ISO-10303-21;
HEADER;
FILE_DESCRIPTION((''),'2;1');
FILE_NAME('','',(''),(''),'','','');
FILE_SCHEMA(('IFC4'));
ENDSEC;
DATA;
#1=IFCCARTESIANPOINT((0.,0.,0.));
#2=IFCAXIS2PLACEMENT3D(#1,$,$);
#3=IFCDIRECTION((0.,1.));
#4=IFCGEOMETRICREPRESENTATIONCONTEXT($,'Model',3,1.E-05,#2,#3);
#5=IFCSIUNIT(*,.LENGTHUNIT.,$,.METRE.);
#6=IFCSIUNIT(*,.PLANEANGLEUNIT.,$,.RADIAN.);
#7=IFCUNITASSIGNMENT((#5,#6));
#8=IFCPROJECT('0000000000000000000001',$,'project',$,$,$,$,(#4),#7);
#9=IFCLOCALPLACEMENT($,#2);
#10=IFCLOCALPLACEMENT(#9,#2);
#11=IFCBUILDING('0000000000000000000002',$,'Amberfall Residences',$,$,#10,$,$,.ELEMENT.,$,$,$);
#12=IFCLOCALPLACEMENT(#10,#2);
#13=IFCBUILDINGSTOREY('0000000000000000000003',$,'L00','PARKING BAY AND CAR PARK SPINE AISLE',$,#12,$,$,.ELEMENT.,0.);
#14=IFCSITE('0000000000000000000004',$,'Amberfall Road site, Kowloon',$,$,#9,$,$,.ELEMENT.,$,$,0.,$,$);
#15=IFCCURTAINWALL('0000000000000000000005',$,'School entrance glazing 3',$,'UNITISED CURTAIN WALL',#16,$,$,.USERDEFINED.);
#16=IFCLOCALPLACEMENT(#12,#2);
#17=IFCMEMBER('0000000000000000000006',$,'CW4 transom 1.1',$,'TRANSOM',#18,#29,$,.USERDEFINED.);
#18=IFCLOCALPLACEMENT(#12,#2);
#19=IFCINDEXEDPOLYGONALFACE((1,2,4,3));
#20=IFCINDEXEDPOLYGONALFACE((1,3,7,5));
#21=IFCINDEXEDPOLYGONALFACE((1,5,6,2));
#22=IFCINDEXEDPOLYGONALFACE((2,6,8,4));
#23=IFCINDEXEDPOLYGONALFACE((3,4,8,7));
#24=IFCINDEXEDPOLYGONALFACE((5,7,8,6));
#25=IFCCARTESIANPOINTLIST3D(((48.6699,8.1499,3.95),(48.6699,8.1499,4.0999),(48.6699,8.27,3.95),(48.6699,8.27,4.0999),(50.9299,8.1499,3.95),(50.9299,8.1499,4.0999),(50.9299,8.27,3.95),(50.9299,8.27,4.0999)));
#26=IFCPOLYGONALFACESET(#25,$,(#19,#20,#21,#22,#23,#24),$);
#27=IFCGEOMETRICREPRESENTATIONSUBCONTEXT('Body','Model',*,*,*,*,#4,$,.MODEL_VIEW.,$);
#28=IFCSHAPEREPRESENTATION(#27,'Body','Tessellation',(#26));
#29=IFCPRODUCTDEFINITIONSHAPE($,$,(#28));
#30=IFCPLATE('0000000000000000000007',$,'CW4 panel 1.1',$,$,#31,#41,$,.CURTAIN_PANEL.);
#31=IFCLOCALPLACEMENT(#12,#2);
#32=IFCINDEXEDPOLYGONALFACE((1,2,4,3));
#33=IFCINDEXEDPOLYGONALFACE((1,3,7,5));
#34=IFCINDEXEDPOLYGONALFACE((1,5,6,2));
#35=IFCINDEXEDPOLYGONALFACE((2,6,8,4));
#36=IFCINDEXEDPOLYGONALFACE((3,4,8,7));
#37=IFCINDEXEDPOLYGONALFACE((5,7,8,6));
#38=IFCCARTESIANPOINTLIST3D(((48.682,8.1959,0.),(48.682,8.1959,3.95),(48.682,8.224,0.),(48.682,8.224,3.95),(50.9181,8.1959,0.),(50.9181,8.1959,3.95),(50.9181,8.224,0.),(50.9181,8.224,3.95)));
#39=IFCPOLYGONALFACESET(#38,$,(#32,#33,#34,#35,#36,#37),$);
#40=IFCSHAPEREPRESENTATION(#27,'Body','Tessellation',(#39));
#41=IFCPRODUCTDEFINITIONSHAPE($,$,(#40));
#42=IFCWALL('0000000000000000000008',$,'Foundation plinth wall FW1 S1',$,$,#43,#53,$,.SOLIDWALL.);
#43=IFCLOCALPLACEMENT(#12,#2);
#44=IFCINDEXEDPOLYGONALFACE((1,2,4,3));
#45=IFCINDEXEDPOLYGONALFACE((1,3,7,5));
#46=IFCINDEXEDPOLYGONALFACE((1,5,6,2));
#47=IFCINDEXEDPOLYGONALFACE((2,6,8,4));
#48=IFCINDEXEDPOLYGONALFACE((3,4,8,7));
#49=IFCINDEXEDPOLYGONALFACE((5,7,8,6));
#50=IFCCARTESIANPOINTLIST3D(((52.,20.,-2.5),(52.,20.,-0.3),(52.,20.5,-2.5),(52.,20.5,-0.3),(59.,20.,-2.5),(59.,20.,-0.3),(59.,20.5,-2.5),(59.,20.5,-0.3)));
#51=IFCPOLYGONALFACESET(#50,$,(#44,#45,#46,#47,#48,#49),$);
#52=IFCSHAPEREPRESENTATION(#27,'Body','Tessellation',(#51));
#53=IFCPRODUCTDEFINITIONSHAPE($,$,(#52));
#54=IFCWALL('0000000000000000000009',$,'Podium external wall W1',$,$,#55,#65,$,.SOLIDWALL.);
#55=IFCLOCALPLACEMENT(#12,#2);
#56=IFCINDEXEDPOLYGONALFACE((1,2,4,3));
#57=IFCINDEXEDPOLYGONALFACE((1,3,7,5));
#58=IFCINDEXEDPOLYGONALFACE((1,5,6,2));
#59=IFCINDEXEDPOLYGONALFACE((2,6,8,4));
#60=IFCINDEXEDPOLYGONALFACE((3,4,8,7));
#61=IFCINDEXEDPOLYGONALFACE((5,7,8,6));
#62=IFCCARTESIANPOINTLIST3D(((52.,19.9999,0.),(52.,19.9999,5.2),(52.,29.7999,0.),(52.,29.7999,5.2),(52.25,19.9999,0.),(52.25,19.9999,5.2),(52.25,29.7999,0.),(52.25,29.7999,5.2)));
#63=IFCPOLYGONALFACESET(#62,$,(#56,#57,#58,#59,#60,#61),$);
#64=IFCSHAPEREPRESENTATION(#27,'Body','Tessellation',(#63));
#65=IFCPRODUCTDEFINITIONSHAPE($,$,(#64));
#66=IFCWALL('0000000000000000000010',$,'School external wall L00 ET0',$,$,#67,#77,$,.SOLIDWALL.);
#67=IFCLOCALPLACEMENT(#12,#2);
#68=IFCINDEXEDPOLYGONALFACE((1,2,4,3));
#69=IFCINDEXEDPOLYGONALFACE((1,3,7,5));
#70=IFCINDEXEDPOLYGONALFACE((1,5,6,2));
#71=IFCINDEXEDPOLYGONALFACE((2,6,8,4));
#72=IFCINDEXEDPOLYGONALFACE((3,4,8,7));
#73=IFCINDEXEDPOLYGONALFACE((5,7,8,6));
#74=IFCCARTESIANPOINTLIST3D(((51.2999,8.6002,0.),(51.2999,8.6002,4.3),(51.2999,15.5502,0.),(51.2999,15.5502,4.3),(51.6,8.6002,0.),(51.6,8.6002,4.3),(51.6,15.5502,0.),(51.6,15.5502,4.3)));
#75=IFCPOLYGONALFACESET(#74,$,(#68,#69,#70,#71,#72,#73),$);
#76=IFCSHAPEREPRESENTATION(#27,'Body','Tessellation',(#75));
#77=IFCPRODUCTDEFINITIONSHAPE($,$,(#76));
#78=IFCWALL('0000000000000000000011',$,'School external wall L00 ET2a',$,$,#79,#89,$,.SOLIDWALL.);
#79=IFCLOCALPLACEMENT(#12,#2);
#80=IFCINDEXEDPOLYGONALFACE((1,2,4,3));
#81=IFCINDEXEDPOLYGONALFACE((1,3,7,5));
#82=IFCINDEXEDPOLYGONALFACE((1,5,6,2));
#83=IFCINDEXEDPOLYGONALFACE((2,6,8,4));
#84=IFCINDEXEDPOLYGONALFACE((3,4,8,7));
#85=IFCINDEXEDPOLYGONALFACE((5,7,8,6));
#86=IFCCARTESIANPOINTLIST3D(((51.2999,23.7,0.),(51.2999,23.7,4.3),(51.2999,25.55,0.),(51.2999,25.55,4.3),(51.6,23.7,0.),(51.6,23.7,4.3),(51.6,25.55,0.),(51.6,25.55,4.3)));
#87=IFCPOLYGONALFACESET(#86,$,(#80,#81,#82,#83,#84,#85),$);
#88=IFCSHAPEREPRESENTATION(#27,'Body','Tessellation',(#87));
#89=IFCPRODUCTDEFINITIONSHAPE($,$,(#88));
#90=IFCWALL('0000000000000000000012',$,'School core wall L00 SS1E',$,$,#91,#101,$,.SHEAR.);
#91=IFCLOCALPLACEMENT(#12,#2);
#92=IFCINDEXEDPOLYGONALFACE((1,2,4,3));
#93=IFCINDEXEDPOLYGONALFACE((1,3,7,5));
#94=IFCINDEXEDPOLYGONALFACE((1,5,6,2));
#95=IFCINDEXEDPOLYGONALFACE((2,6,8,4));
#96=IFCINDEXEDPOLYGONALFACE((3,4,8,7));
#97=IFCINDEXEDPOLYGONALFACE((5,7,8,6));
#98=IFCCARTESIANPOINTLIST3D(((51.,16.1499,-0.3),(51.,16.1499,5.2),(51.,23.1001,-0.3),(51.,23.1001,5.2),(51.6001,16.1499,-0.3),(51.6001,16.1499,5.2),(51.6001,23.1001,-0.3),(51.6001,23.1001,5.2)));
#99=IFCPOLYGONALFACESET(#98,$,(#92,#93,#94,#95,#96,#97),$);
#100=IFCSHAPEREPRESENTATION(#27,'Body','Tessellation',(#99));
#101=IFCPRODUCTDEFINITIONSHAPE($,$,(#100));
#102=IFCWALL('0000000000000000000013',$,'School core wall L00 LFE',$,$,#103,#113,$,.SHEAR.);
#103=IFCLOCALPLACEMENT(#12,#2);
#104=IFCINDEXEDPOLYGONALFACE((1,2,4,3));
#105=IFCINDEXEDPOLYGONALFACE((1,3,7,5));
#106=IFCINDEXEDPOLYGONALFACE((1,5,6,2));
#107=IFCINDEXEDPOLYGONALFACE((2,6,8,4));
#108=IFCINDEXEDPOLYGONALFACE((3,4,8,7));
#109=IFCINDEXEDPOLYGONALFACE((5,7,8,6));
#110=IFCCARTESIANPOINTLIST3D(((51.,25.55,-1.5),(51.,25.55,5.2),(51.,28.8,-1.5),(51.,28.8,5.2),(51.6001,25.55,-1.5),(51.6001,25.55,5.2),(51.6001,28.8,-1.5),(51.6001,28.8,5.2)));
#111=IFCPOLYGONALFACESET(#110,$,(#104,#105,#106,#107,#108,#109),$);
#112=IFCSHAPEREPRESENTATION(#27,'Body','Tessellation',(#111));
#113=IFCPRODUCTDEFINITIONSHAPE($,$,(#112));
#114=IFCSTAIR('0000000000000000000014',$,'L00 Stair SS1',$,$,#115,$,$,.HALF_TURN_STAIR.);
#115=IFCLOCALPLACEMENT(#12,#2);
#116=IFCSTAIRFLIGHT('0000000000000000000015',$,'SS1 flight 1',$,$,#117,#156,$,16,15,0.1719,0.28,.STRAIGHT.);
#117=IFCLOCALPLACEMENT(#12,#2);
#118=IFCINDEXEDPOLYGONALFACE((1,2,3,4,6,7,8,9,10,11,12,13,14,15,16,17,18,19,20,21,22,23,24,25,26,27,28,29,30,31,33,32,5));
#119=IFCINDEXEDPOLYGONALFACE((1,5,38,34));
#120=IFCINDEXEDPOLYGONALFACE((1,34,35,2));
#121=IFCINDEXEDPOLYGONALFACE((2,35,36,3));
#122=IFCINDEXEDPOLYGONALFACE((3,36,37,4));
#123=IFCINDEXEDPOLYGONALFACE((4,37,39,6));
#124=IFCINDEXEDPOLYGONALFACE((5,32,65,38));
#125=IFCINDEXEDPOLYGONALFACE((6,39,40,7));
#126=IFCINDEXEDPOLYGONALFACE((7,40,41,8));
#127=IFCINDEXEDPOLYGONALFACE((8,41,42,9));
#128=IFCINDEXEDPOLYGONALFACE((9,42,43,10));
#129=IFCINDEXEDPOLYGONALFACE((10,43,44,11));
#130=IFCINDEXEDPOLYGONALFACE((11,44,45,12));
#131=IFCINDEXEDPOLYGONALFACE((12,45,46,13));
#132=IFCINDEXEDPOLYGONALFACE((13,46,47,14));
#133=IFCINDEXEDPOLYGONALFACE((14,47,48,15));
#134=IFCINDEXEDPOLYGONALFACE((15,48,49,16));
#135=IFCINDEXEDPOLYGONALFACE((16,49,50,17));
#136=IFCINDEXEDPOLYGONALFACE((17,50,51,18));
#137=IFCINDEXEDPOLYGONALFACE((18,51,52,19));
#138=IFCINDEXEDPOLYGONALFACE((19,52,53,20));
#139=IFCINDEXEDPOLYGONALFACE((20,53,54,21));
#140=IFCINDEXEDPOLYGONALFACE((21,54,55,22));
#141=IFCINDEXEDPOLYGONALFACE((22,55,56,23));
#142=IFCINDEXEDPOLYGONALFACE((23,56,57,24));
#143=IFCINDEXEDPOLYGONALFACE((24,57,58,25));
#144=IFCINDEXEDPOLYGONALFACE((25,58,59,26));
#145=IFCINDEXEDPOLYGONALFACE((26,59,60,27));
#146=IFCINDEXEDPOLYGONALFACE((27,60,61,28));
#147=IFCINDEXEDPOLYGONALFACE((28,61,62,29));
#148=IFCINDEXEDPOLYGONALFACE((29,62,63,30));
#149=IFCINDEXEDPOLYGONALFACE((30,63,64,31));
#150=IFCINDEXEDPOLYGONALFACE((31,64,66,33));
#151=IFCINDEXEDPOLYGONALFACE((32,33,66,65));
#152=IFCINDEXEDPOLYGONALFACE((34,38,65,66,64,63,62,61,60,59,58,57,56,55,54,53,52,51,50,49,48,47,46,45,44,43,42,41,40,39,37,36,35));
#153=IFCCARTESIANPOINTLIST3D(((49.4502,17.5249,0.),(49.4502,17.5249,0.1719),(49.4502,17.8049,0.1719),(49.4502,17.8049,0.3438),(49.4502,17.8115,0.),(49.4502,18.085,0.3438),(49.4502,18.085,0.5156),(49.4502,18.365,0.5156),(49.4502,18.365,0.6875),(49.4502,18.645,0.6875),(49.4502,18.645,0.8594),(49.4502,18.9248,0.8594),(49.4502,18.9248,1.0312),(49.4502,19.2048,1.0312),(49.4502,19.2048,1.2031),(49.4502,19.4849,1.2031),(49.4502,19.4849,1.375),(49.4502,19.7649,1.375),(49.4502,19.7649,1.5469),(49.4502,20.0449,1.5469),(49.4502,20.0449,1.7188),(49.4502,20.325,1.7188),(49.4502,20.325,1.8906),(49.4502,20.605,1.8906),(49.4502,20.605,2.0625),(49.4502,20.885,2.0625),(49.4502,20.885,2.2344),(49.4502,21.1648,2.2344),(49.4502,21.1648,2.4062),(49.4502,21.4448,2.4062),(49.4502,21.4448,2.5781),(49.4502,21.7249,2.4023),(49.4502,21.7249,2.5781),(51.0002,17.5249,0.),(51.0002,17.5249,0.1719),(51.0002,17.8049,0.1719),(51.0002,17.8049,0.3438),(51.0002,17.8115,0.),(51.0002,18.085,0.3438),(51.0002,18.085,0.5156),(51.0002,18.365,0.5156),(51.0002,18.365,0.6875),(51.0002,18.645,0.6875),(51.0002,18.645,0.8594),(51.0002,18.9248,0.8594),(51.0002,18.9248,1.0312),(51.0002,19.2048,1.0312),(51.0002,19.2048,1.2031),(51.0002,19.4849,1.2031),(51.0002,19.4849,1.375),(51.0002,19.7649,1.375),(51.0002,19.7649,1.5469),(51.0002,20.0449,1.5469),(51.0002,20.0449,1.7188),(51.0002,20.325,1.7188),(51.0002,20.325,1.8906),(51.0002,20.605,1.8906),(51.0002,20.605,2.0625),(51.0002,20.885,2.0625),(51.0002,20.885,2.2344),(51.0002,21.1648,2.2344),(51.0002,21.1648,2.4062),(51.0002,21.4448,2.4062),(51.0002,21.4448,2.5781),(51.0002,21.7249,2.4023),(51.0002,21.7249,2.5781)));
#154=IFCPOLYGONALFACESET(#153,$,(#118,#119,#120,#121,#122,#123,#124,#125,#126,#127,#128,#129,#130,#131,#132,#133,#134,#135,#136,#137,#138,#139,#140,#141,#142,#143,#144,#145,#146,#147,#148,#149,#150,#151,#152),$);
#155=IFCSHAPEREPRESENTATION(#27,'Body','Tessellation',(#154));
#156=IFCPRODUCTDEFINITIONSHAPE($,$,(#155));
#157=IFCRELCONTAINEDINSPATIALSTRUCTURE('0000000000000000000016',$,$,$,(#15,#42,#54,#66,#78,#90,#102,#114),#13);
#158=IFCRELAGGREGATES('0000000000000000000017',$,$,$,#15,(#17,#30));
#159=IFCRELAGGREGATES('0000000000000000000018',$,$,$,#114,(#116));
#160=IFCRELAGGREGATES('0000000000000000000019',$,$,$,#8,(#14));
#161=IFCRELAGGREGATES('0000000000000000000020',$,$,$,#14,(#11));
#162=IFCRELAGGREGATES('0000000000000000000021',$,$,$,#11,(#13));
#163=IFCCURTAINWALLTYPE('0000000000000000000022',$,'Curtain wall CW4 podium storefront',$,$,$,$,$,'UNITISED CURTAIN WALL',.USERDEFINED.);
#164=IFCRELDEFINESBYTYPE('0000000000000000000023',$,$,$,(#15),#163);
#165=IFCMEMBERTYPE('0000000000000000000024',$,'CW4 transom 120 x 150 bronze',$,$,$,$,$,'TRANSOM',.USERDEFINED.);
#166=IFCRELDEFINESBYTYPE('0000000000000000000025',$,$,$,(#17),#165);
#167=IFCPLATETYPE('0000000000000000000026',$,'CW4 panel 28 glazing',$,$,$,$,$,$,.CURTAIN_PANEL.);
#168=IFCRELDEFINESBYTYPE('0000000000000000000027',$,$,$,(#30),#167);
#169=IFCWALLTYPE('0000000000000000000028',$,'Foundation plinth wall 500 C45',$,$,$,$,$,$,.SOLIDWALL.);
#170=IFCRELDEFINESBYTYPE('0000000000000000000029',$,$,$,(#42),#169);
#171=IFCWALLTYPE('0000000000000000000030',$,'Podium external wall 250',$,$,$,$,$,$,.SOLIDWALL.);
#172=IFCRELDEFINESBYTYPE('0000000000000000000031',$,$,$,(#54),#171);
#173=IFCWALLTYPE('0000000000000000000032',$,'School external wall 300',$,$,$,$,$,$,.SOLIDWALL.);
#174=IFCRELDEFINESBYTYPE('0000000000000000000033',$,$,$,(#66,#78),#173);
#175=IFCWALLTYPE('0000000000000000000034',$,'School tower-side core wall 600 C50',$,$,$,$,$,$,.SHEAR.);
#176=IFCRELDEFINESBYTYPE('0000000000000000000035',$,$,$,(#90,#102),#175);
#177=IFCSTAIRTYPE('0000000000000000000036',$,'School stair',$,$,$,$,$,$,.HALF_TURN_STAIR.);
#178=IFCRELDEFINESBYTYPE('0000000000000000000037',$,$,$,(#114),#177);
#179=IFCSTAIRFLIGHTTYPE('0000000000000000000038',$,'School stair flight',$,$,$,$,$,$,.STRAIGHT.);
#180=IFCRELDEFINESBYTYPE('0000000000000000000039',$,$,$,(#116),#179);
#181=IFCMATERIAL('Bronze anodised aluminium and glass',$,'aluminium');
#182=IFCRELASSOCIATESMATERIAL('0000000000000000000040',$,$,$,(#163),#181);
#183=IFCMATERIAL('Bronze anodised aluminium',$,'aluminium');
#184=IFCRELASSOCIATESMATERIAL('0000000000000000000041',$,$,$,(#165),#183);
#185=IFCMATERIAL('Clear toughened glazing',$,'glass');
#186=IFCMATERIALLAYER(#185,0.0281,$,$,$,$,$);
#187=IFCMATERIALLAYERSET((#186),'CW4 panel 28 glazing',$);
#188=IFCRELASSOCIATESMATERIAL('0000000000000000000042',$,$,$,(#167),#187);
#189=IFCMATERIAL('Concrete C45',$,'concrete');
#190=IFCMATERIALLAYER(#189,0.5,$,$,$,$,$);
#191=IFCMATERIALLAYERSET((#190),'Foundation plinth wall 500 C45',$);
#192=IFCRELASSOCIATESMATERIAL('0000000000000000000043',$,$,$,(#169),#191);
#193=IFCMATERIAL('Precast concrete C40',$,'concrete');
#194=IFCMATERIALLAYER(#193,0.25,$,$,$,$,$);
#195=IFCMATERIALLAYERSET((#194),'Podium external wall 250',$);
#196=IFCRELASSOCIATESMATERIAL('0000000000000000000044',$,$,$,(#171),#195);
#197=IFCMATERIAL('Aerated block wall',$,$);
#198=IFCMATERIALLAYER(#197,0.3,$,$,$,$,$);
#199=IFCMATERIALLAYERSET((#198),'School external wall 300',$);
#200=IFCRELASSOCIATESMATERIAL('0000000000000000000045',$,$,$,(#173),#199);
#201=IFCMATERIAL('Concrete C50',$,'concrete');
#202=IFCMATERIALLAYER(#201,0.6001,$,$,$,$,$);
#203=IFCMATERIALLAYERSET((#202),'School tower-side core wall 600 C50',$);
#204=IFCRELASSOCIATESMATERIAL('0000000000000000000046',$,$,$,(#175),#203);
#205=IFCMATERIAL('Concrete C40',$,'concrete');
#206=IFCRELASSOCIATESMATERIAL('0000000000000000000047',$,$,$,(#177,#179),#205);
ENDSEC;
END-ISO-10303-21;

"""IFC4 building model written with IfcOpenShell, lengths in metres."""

from ifc_helpers import new_model, si_unit, direction, frame, frame_2d, origin, origin_2d, place, context, subcontext, project, spatial, polyline, rectangle, outline, extrude, material, layer, layer_set, material_profile, profile_set, type_object, element, aggregate, save


model = new_model("IFC4")

# Units and contexts
model_context = context("Model", 3, precision=1e-05, world=origin(), true_north=direction((0.0, 1.0)))
body_context = subcontext(model_context, "Body", "Model", "MODEL_VIEW")
ifc_project = project(units=[si_unit("LENGTHUNIT", "METRE"), si_unit("PLANEANGLEUNIT", "RADIAN")], contexts=[model_context])

# Site, building, storey
site_placement = place(None, origin())
site = spatial("IfcSite", under=ifc_project, at=site_placement, Name="Amberfall Road site, Kowloon", CompositionType="ELEMENT", RefElevation=0.0)
building_placement = place(site_placement, origin())
building = spatial("IfcBuilding", under=site, at=building_placement, Name="Amberfall Residences", CompositionType="ELEMENT")
storey_placement = place(building_placement, origin())
storey = spatial("IfcBuildingStorey", under=building, at=storey_placement, Name="L00", Description="PARKING BAY AND CAR PARK SPINE AISLE", CompositionType="ELEMENT", Elevation=0.0)

# Shared definitions
ifc_material_1 = material(Name="Concrete C45", Category="concrete")

# Shared definitions
ifc_material_2 = material(Name="Concrete C50", Category="concrete")

# Shared definitions
ifc_material_3 = material(Name="Bronze anodised aluminium and glass", Category="aluminium")
curtain_wall_type = type_object("IfcCurtainWallType", Name="Curtain wall CW4 podium storefront", ElementType="UNITISED CURTAIN WALL", PredefinedType="USERDEFINED", material=ifc_material_3)
ifc_material_4 = material(Name="Bronze anodised aluminium", Category="aluminium")

# Curtain wall
curtain_wall_1_placement = place(storey_placement, origin())
curtain_wall_1 = element("IfcCurtainWall", 1, at=curtain_wall_1_placement, inside=storey, type_object=curtain_wall_type, Name="School entrance glazing 3", ObjectType="UNITISED CURTAIN WALL", PredefinedType="USERDEFINED")

# Member
ifc_material_profile_1 = material_profile(ifc_material_4, rectangle(XDim=0.1201, YDim=0.1499, at=origin_2d()), Name="CW4 transom 120 x 150 bronze")
ifc_profile_set_1 = profile_set([ifc_material_profile_1], Name="Bronze anodised aluminium")
member_type_1 = type_object("IfcMemberType", Name="CW4 transom 120 x 150 bronze", ElementType="TRANSOM", PredefinedType="USERDEFINED", material=ifc_profile_set_1)
member_1_placement = place(storey_placement, frame((48.6699, 8.21, 4.0249), z_axis=(1.0, 0.0, 0.0), x_axis=(0.0, 1.0, 0.0)))
member_1 = element("IfcMember", 2, at=member_1_placement, type_object=member_type_1, Name="CW4 transom 1.1", ObjectType="TRANSOM", PredefinedType="USERDEFINED", context=body_context, shape_type="SweptSolid", body=[
    extrude(rectangle(XDim=0.1201, YDim=0.1499, at=origin_2d()), origin(), (0.0, 0.0, 1.0), 2.26),
])

# Plate
ifc_material_5 = material(Name="Clear toughened glazing", Category="glass")
ifc_layer_1 = layer(ifc_material_5, 0.0281)
ifc_layer_set_1 = layer_set([ifc_layer_1], Name="CW4 panel 28 glazing")
plate_type = type_object("IfcPlateType", Name="CW4 panel 28 glazing", PredefinedType="CURTAIN_PANEL", material=ifc_layer_set_1)
plate_placement = place(storey_placement, frame((49.8, 8.21, 0.0), z_axis=(0.0, 0.0, 1.0), x_axis=(1.0, 0.0, 0.0)))
plate = element("IfcPlate", 3, at=plate_placement, type_object=plate_type, Name="CW4 panel 1.1", PredefinedType="CURTAIN_PANEL", context=body_context, shape_type="SweptSolid", body=[
    extrude(rectangle(XDim=2.2361, YDim=0.0281, at=origin_2d()), origin(), (0.0, 0.0, 1.0), 3.95),
])
aggregate(curtain_wall_1, [member_1, plate])

# Walls
ifc_layer_2 = layer(ifc_material_1, 0.5)
ifc_layer_set_2 = layer_set([ifc_layer_2], Name="Foundation plinth wall 500 C45")
wall_type_1 = type_object("IfcWallType", Name="Foundation plinth wall 500 C45", PredefinedType="SOLIDWALL", material=ifc_layer_set_2)
wall_1_placement = place(storey_placement, frame((52.0, 20.25, -2.5), z_axis=(0.0, 0.0, 1.0), x_axis=(1.0, 0.0, 0.0)))
element("IfcWall", 4, at=wall_1_placement, inside=storey, type_object=wall_type_1, Name="Foundation plinth wall FW1 S1", PredefinedType="SOLIDWALL", context=body_context, shape_type="SweptSolid", body=[
    extrude(rectangle(XDim=7.0, YDim=0.5, at=frame_2d((3.5, 0.0))), origin(), (0.0, 0.0, 1.0), 2.2),
])
ifc_material_6 = material(Name="Precast concrete C40", Category="concrete")
ifc_layer_3 = layer(ifc_material_6, 0.25)
ifc_layer_set_3 = layer_set([ifc_layer_3], Name="Podium external wall 250")
wall_type_2 = type_object("IfcWallType", Name="Podium external wall 250", PredefinedType="SOLIDWALL", material=ifc_layer_set_3)
wall_2_placement = place(storey_placement, frame((52.125, 20.0, 0.0), z_axis=(0.0, 0.0, 1.0), x_axis=(0.0, 1.0, 0.0)))
element("IfcWall", 5, at=wall_2_placement, inside=storey, type_object=wall_type_2, Name="Podium external wall W1", PredefinedType="SOLIDWALL", context=body_context, shape_type="SweptSolid", body=[
    extrude(rectangle(XDim=9.8, YDim=0.25, at=frame_2d((4.8999, 0.0))), origin(), (0.0, 0.0, 1.0), 5.2),
])
ifc_material_7 = material(Name="Aerated block wall")
ifc_layer_4 = layer(ifc_material_7, 0.3)
ifc_layer_set_4 = layer_set([ifc_layer_4], Name="School external wall 300")
wall_type_3 = type_object("IfcWallType", Name="School external wall 300", PredefinedType="SOLIDWALL", material=ifc_layer_set_4)
wall_3_placement = place(storey_placement, frame((51.45, 8.6001, 0.0), z_axis=(0.0, 0.0, 1.0), x_axis=(0.0, 1.0, 0.0)))
element("IfcWall", 6, at=wall_3_placement, inside=storey, type_object=wall_type_3, Name="School external wall L00 ET0", PredefinedType="SOLIDWALL", context=body_context, shape_type="SweptSolid", body=[
    extrude(rectangle(XDim=6.95, YDim=0.3, at=frame_2d((3.4751, 0.0))), origin(), (0.0, 0.0, 1.0), 4.3),
])
wall_4_placement = place(storey_placement, frame((51.45, 23.7, 0.0), z_axis=(0.0, 0.0, 1.0), x_axis=(0.0, 1.0, 0.0)))
element("IfcWall", 7, at=wall_4_placement, inside=storey, type_object=wall_type_3, Name="School external wall L00 ET2a", PredefinedType="SOLIDWALL", context=body_context, shape_type="SweptSolid", body=[
    extrude(rectangle(XDim=1.8501, YDim=0.3, at=frame_2d((0.925, 0.0))), origin(), (0.0, 0.0, 1.0), 4.3),
])
ifc_layer_5 = layer(ifc_material_2, 0.6001)
ifc_layer_set_5 = layer_set([ifc_layer_5], Name="School tower-side core wall 600 C50")
wall_type_4 = type_object("IfcWallType", Name="School tower-side core wall 600 C50", PredefinedType="SHEAR", material=ifc_layer_set_5)
wall_5_placement = place(storey_placement, frame((51.3, 16.1499, -0.3), z_axis=(0.0, 0.0, 1.0), x_axis=(0.0, 1.0, 0.0)))
element("IfcWall", 8, at=wall_5_placement, inside=storey, type_object=wall_type_4, Name="School core wall L00 SS1E", PredefinedType="SHEAR", context=body_context, shape_type="SweptSolid", body=[
    extrude(rectangle(XDim=6.9502, YDim=0.6001, at=frame_2d((3.4751, 0.0))), origin(), (0.0, 0.0, 1.0), 5.5),
])
wall_6_placement = place(storey_placement, frame((51.3, 25.55, -1.5), z_axis=(0.0, 0.0, 1.0), x_axis=(0.0, 1.0, 0.0)))
element("IfcWall", 9, at=wall_6_placement, inside=storey, type_object=wall_type_4, Name="School core wall L00 LFE", PredefinedType="SHEAR", context=body_context, shape_type="SweptSolid", body=[
    extrude(rectangle(XDim=3.25, YDim=0.6001, at=frame_2d((1.625, 0.0))), origin(), (0.0, 0.0, 1.0), 6.7),
])

# Stair, stair flight
ifc_material_8 = material(Name="Concrete C40", Category="concrete")
stair_type = type_object("IfcStairType", Name="School stair", PredefinedType="HALF_TURN_STAIR", material=ifc_material_8)
stair_placement = place(storey_placement, origin())
stair = element("IfcStair", 10, at=stair_placement, inside=storey, type_object=stair_type, Name="L00 Stair SS1", PredefinedType="HALF_TURN_STAIR")
stair_flight_type = type_object("IfcStairFlightType", Name="School stair flight", PredefinedType="STRAIGHT", material=ifc_material_8)
stair_flight_placement = place(storey_placement, frame((50.2251, 17.5249, 0.0), z_axis=(0.0, 0.0, 1.0), x_axis=(0.0, 1.0, 0.0)))
stair_flight = element("IfcStairFlight", 11, at=stair_flight_placement, type_object=stair_flight_type, Name="SS1 flight 1", NumberOfRisers=16, NumberOfTreads=15, PredefinedType="STRAIGHT", RiserHeight=0.1719, TreadLength=0.28, context=body_context, shape_type="SweptSolid", body=[
    extrude(outline(polyline([(0.0, 0.0), (0.0, 0.1719), (0.28, 0.1719), (0.28, 0.3438), (0.5601, 0.3438), (0.5601, 0.5156), (0.8401, 0.5156), (0.8401, 0.6875), (1.1201, 0.6875), (1.1201, 0.8594), (1.3999, 0.8594), (1.3999, 1.0312), (1.6799, 1.0312), (1.6799, 1.2031), (1.96, 1.2031), (1.96, 1.375), (2.24, 1.375), (2.24, 1.5469), (2.52, 1.5469), (2.52, 1.7188), (2.8, 1.7188), (2.8, 1.8906), (3.0801, 1.8906), (3.0801, 2.0625), (3.3601, 2.0625), (3.3601, 2.2344), (3.6399, 2.2344), (3.6399, 2.4062), (3.9199, 2.4062), (3.9199, 2.5781), (4.2, 2.5781), (4.2, 2.75), (4.2, 2.4023), (0.2866, 0.0), (0.0, 0.0)])), frame((0.0, 0.7749, 0.0), z_axis=(0.0, -1.0, 0.0), x_axis=(1.0, 0.0, 0.0)), (0.0, 0.0, 1.0), 1.55),
])
aggregate(stair, [stair_flight])

save(model, "model.ifc")
